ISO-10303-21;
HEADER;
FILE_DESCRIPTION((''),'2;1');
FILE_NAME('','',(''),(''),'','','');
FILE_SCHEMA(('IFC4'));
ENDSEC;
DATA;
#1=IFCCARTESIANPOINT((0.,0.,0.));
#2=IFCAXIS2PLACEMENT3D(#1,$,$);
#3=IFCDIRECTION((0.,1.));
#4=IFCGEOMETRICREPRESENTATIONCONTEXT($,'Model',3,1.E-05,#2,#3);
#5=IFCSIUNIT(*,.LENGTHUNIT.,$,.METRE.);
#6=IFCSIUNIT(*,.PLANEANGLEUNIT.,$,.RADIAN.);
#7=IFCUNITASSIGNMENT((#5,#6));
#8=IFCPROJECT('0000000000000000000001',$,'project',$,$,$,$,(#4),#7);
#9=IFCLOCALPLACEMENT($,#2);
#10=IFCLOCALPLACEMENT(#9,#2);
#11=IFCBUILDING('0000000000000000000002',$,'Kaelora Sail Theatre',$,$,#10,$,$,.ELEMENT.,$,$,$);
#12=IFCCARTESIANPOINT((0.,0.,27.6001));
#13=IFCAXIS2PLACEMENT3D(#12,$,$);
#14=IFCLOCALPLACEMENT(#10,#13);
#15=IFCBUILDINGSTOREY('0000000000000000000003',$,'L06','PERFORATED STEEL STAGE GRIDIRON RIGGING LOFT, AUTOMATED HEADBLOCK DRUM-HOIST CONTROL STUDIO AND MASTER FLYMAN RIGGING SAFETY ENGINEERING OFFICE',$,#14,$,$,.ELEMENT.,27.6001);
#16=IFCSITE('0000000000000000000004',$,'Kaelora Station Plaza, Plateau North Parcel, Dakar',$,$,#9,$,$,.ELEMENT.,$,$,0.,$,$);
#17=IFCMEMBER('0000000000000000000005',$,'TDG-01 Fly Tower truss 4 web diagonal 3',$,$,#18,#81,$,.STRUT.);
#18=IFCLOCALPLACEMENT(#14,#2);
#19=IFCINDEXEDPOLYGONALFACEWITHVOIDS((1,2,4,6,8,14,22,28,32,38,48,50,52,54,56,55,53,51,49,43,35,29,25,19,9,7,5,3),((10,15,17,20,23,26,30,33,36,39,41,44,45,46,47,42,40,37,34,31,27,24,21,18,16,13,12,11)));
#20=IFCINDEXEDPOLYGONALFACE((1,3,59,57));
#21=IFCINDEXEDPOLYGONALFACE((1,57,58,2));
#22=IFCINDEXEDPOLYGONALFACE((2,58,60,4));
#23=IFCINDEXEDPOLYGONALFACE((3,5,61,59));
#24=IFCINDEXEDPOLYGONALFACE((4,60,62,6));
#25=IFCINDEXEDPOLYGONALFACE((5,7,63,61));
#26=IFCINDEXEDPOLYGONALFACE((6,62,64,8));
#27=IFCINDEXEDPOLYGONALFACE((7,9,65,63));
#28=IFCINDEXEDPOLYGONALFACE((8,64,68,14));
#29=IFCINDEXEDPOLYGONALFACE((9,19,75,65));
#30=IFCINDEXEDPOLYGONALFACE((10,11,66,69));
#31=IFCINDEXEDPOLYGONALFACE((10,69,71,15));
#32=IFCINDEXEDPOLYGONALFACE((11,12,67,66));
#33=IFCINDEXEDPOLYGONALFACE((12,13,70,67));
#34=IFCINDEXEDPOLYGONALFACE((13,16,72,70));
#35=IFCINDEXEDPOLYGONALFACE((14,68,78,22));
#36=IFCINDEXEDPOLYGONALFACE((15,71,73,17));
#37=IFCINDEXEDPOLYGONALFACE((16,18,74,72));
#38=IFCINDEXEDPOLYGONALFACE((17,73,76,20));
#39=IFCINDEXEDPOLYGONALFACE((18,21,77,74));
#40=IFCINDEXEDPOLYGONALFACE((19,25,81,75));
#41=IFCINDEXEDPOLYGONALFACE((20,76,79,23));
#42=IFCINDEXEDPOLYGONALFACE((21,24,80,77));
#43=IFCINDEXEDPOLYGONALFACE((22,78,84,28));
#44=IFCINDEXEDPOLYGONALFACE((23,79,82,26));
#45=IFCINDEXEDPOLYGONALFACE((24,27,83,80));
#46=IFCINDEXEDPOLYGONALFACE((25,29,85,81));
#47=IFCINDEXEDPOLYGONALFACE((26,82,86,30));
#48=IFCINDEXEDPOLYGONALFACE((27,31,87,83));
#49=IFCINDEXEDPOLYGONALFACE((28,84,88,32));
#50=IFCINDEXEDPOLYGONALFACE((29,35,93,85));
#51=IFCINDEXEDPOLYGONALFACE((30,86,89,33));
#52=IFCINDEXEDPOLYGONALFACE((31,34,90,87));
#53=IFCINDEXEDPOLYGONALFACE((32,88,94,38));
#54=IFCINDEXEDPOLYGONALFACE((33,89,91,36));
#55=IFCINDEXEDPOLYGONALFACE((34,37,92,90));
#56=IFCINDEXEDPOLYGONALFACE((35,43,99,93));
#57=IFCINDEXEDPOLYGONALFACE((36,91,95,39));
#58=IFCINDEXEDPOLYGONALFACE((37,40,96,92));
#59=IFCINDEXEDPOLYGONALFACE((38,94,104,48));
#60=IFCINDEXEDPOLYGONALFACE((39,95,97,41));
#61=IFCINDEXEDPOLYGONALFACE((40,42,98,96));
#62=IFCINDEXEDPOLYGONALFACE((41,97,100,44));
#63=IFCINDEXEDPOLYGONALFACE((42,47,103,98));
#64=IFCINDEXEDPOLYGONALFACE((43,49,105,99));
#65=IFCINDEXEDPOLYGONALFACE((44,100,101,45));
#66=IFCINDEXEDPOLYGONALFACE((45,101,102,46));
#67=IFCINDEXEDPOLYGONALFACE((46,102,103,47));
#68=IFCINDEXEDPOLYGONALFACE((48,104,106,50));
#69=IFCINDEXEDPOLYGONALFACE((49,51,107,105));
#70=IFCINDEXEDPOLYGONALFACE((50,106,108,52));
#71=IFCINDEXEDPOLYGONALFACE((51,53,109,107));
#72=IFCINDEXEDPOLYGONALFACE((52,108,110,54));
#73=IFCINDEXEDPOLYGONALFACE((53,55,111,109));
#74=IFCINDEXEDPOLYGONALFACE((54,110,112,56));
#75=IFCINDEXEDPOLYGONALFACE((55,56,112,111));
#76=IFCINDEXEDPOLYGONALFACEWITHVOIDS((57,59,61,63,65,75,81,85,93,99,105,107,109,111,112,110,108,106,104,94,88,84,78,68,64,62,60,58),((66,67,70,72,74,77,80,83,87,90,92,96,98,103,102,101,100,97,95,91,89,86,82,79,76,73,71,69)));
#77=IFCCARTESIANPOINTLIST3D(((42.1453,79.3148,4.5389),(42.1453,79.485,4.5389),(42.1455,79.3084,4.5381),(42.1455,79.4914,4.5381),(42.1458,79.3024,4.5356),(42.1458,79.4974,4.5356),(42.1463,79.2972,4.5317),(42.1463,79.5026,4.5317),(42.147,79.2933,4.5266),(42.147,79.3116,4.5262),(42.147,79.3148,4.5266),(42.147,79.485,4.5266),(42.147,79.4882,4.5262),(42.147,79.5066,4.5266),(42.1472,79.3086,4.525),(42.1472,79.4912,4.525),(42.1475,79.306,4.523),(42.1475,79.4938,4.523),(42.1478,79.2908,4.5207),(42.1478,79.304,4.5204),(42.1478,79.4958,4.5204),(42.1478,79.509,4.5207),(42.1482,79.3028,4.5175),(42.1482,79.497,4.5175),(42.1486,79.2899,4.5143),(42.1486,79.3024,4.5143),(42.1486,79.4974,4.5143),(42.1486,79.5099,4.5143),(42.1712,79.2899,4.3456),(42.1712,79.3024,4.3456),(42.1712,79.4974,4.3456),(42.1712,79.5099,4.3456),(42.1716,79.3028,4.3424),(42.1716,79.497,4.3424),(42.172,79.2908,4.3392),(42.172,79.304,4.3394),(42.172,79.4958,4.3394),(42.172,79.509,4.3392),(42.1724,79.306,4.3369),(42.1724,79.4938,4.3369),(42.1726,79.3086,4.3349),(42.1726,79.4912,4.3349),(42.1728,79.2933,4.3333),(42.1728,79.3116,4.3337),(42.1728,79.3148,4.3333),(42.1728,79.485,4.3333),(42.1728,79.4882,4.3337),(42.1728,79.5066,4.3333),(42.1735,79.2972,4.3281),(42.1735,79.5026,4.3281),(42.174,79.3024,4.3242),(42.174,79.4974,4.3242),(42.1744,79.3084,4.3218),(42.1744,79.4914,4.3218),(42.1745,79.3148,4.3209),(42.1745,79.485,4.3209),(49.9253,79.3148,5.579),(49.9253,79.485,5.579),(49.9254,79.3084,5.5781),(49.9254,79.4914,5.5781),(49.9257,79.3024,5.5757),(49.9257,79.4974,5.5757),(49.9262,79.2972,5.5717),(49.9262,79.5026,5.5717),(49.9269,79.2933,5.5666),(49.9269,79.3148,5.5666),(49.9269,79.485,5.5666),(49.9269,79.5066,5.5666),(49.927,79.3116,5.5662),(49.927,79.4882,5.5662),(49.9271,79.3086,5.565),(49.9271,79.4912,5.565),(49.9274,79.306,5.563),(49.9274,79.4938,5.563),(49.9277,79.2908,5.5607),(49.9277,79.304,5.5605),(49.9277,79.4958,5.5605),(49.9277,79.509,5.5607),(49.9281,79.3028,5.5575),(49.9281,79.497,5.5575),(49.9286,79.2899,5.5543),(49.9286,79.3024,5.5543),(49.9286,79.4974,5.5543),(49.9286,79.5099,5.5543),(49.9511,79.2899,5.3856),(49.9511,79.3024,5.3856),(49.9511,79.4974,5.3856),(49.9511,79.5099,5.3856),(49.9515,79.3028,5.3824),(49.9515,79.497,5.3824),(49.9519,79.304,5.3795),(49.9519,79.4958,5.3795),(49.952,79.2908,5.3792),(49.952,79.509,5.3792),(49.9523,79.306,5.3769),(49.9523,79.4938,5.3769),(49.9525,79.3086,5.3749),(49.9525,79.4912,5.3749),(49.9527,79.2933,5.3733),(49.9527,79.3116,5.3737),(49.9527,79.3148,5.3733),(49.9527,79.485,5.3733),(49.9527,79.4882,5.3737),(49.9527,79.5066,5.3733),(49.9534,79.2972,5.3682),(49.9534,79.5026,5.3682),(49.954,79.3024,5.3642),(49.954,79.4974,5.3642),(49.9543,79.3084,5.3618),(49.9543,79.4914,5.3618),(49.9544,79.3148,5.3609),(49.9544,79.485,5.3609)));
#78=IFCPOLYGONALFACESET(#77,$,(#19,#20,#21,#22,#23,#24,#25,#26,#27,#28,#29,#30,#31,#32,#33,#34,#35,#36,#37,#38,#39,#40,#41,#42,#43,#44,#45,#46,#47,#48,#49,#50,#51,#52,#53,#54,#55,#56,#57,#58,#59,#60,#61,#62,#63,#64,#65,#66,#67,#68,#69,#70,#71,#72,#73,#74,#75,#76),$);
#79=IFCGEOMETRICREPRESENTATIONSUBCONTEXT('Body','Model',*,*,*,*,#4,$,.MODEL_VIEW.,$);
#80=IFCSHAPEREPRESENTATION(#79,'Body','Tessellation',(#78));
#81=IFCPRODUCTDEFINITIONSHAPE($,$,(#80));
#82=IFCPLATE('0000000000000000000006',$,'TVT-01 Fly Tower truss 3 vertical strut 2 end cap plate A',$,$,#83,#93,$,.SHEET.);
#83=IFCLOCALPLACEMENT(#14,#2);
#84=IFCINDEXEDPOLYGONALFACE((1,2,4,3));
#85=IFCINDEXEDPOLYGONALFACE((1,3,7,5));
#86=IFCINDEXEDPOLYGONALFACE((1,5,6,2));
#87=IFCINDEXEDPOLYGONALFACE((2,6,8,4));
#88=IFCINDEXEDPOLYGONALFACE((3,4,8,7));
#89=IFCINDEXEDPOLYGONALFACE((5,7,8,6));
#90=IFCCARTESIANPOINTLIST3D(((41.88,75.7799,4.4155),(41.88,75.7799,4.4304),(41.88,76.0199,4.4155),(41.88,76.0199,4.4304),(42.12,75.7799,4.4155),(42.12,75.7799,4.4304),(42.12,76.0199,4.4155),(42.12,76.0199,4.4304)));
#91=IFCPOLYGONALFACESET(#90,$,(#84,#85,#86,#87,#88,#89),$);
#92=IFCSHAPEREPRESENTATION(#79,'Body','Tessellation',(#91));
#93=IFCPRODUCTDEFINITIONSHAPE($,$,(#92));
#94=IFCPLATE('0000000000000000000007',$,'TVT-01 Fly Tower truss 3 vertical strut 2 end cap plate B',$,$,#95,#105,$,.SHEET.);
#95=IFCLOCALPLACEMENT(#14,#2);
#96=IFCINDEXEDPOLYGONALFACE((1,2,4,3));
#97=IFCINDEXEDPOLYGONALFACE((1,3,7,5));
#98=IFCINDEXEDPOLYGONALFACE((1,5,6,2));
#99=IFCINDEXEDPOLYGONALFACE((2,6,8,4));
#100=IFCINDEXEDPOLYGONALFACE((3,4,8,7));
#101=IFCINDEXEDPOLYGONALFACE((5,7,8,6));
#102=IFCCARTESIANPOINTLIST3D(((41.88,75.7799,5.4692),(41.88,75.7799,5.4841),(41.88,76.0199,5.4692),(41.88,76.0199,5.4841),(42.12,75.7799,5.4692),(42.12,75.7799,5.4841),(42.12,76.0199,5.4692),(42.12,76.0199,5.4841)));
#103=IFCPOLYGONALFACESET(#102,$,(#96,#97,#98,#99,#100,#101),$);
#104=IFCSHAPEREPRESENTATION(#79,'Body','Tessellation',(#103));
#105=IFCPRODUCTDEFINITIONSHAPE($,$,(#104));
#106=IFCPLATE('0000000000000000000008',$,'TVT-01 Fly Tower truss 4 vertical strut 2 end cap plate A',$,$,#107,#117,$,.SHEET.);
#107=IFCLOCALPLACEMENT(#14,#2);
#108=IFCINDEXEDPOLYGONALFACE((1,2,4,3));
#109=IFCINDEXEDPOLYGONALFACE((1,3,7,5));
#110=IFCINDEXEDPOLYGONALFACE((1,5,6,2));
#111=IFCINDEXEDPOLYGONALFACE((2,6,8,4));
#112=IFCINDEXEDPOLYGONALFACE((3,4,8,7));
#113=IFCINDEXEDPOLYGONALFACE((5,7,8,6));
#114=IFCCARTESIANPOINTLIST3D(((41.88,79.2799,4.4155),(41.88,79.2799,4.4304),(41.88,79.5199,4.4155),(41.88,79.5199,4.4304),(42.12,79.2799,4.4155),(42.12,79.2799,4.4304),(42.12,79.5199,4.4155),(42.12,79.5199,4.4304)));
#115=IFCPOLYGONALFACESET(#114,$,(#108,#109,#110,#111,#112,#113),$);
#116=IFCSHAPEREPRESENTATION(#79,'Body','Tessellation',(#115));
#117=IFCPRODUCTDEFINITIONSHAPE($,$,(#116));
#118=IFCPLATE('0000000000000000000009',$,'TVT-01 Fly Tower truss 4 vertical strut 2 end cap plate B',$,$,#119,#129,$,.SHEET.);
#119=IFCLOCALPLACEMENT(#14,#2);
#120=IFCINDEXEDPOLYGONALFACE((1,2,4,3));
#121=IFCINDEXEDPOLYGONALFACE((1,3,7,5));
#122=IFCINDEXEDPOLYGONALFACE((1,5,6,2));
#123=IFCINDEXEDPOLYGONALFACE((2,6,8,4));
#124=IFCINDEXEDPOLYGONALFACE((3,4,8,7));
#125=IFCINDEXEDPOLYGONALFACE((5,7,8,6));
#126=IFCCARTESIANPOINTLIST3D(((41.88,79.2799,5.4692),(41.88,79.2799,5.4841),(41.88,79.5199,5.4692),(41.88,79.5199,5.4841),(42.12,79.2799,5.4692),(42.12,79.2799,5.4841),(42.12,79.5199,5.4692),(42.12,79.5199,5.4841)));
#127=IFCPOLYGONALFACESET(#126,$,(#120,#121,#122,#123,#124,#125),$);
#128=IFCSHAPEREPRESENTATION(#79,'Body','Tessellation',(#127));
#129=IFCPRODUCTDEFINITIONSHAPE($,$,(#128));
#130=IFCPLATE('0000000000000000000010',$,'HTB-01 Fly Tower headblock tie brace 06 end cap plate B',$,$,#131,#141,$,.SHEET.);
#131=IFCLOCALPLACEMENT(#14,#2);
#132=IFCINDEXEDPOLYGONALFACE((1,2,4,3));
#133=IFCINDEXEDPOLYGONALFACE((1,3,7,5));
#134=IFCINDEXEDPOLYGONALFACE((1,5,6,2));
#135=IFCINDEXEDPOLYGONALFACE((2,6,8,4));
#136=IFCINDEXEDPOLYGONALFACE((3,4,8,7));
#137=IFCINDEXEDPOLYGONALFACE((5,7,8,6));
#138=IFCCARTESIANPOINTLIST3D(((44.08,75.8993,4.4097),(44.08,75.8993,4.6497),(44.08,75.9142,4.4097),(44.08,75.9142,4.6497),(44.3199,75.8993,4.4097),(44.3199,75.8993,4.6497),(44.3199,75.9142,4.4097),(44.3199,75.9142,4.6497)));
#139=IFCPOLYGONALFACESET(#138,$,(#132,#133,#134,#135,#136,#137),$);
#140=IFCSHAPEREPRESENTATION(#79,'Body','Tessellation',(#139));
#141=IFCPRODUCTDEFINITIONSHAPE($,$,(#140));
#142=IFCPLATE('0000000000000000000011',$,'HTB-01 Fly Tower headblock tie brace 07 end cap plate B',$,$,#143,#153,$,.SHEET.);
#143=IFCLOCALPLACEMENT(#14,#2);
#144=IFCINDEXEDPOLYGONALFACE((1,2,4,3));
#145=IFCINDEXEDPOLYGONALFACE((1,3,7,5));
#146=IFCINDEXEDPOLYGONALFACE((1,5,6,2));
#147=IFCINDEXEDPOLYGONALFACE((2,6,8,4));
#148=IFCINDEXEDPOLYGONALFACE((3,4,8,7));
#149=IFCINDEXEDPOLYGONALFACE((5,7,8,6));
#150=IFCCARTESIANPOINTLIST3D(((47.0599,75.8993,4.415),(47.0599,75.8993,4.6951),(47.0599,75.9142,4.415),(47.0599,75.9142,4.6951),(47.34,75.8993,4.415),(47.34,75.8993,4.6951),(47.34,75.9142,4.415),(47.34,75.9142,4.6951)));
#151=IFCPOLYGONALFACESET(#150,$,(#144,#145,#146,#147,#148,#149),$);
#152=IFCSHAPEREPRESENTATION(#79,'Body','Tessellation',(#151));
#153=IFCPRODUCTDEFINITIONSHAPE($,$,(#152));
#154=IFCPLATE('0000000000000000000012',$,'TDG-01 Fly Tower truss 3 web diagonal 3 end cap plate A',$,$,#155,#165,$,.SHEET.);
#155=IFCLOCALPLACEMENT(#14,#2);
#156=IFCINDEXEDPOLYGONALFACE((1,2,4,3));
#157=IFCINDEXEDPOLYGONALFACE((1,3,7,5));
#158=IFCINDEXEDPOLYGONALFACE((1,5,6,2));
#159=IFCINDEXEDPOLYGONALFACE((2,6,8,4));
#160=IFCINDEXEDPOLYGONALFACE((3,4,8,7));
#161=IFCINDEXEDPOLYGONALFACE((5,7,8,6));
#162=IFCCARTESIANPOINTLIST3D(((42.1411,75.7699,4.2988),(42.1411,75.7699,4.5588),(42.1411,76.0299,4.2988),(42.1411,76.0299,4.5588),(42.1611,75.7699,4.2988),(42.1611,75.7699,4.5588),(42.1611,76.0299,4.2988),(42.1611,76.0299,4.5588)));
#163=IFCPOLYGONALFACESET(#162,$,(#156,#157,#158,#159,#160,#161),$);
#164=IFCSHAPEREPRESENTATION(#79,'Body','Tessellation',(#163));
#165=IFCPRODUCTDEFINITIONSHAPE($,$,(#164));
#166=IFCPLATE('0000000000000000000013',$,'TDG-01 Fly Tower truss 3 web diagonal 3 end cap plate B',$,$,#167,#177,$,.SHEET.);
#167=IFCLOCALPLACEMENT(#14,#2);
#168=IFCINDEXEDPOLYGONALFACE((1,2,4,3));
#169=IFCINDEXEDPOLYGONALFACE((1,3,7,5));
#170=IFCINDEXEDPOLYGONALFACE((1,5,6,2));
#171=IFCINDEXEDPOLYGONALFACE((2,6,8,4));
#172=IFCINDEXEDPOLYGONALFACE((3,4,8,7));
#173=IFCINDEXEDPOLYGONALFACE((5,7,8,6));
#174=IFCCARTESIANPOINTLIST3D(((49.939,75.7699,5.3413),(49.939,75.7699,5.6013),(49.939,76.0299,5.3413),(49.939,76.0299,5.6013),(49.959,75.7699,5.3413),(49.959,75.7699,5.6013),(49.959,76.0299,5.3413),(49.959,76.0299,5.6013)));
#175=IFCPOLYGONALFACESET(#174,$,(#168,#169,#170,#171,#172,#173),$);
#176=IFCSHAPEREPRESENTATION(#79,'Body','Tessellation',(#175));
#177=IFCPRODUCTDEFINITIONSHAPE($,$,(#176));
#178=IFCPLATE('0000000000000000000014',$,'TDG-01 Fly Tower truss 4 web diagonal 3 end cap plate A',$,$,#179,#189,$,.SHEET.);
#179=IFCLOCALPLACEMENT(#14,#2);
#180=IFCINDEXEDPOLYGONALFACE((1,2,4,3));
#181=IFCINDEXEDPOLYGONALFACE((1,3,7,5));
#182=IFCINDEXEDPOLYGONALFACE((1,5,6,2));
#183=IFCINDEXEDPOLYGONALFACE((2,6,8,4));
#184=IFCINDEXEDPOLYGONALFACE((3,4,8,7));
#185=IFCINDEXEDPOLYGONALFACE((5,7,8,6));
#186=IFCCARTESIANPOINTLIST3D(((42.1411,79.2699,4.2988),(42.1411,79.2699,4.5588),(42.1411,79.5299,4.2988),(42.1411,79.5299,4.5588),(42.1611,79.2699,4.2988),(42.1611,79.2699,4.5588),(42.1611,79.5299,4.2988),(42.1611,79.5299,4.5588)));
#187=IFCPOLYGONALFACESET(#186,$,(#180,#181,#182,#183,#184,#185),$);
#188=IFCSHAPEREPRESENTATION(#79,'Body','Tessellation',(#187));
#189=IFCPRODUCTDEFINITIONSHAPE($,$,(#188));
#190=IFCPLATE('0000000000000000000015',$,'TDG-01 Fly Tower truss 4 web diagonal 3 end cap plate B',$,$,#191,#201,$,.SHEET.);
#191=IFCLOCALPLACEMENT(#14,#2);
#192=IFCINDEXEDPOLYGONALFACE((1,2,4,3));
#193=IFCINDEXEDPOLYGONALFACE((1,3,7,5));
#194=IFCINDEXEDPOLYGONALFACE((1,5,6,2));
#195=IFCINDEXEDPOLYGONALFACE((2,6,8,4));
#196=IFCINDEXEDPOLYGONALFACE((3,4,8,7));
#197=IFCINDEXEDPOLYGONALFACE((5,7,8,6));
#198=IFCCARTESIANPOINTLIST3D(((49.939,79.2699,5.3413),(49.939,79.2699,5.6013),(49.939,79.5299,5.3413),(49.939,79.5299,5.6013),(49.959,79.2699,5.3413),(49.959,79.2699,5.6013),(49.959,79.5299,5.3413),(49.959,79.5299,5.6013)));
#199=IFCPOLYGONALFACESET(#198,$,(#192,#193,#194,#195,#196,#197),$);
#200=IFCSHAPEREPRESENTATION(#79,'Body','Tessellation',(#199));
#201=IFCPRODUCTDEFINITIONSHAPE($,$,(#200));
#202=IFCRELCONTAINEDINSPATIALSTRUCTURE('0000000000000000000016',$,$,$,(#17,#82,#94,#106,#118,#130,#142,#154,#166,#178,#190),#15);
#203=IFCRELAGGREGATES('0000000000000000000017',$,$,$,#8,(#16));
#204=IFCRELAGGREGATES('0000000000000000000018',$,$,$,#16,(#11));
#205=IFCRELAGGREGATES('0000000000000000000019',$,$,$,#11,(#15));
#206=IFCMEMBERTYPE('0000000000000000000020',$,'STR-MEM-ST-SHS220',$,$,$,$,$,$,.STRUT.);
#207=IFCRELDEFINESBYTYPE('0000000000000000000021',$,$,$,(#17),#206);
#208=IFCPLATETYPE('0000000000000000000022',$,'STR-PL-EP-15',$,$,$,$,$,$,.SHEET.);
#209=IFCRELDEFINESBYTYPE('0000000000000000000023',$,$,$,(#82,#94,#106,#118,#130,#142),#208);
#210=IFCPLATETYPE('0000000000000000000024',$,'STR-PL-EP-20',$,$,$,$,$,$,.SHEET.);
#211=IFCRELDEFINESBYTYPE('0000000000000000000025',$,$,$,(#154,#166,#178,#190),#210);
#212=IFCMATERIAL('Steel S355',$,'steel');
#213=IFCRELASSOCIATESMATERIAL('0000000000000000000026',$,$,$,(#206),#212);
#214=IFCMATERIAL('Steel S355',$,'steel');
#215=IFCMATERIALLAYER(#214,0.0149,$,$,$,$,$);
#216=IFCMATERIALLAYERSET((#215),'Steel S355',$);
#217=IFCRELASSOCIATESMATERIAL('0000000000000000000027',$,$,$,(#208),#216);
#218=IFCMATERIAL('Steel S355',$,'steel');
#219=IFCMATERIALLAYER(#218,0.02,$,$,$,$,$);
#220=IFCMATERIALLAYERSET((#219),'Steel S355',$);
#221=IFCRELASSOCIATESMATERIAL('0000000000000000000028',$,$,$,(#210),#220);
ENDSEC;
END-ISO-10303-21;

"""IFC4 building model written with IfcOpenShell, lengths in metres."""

from ifc_helpers import new_model, si_unit, direction, frame, origin, origin_2d, place, context, subcontext, project, spatial, rectangle, hollow_rectangle, extrude, material, layer, layer_set, material_profile, profile_set, type_object, element, save


model = new_model("IFC4")

# Units and contexts
model_context = context("Model", 3, precision=1e-05, world=origin(), true_north=direction((0.0, 1.0)))
body_context = subcontext(model_context, "Body", "Model", "MODEL_VIEW")
ifc_project = project(units=[si_unit("LENGTHUNIT", "METRE"), si_unit("PLANEANGLEUNIT", "RADIAN")], contexts=[model_context])

# Site, building, storey
site_placement = place(None, origin())
site = spatial("IfcSite", under=ifc_project, at=site_placement, Name="Kaelora Station Plaza, Plateau North Parcel, Dakar", CompositionType="ELEMENT", RefElevation=0.0)
building_placement = place(site_placement, origin())
building = spatial("IfcBuilding", under=site, at=building_placement, Name="Kaelora Sail Theatre", CompositionType="ELEMENT")
storey_placement = place(building_placement, frame((0.0, 0.0, 27.6001)))
storey = spatial("IfcBuildingStorey", under=building, at=storey_placement, Name="L06", Description="PERFORATED STEEL STAGE GRIDIRON RIGGING LOFT, AUTOMATED HEADBLOCK DRUM-HOIST CONTROL STUDIO AND MASTER FLYMAN RIGGING SAFETY ENGINEERING OFFICE", CompositionType="ELEMENT", Elevation=27.6001)

# Member
ifc_material_1 = material(Name="Steel S355", Category="steel")
ifc_material_profile_1 = material_profile(ifc_material_1, hollow_rectangle(XDim=0.22, YDim=0.22, WallThickness=0.0125, InnerFilletRadius=0.0125, OuterFilletRadius=0.0249, at=origin_2d()), Name="SHS 220x220x12.5")
ifc_profile_set_1 = profile_set([ifc_material_profile_1], Name="Steel S355")
member_type_1 = type_object("IfcMemberType", Name="STR-MEM-ST-SHS220", PredefinedType="STRUT", material=ifc_profile_set_1)
for number, where, z_axis, x_axis, name in (
    (1, (42.1599, 79.3999, 4.4299), (0.991183, 0.0, 0.132502), (0.0, 1.0, 0.0), "TDG-01 Fly Tower truss 4 web diagonal 3"),
):
    element("IfcMember", number, at=place(storey_placement, frame(where, z_axis=z_axis, x_axis=x_axis)), inside=storey, type_object=member_type_1, Name=name, PredefinedType="STRUT", context=body_context, shape_type="SweptSolid", body=[
        extrude(hollow_rectangle(XDim=0.22, YDim=0.22, WallThickness=0.0125, InnerFilletRadius=0.0125, OuterFilletRadius=0.0249, at=origin_2d()), origin(), (0.0, 0.0, 1.0), 7.8491),
    ])

# Plates
ifc_material_2 = material(Name="Steel S355", Category="steel")
ifc_layer_1 = layer(ifc_material_2, 0.0149)
ifc_layer_set_1 = layer_set([ifc_layer_1], Name="Steel S355")
plate_type_1 = type_object("IfcPlateType", Name="STR-PL-EP-15", PredefinedType="SHEET", material=ifc_layer_set_1)
for number, where, z_axis, x_axis, name in (
    (2, (42.0, 75.8999, 4.4155), (0.0, 0.0, 1.0), (1.0, 0.0, 0.0), "TVT-01 Fly Tower truss 3 vertical strut 2 end cap plate A"),
    (3, (42.0, 75.8999, 5.4692), (0.0, 0.0, 1.0), (1.0, 0.0, 0.0), "TVT-01 Fly Tower truss 3 vertical strut 2 end cap plate B"),
    (4, (42.0, 79.3999, 4.4155), (0.0, 0.0, 1.0), (1.0, 0.0, 0.0), "TVT-01 Fly Tower truss 4 vertical strut 2 end cap plate A"),
    (5, (42.0, 79.3999, 5.4692), (0.0, 0.0, 1.0), (1.0, 0.0, 0.0), "TVT-01 Fly Tower truss 4 vertical strut 2 end cap plate B"),
):
    element("IfcPlate", number, at=place(storey_placement, frame(where, z_axis=z_axis, x_axis=x_axis)), inside=storey, type_object=plate_type_1, Name=name, PredefinedType="SHEET", context=body_context, shape_type="SweptSolid", body=[
        extrude(rectangle(XDim=0.24, YDim=0.24, at=origin_2d()), origin(), (0.0, 0.0, 1.0), 0.0149),
    ])
plate_1_placement = place(storey_placement, frame((44.2, 75.9067, 4.4097), z_axis=(0.0, 0.0, 1.0), x_axis=(0.0, 1.0, 0.0)))
element("IfcPlate", 6, at=plate_1_placement, inside=storey, type_object=plate_type_1, Name="HTB-01 Fly Tower headblock tie brace 06 end cap plate B", PredefinedType="SHEET", context=body_context, shape_type="SweptSolid", body=[
    extrude(rectangle(XDim=0.0149, YDim=0.24, at=origin_2d()), origin(), (0.0, 0.0, 1.0), 0.24),
])
plate_2_placement = place(storey_placement, frame((47.2, 75.9067, 4.415), z_axis=(0.0, 0.0, 1.0), x_axis=(0.0, 1.0, 0.0)))
element("IfcPlate", 7, at=plate_2_placement, inside=storey, type_object=plate_type_1, Name="HTB-01 Fly Tower headblock tie brace 07 end cap plate B", PredefinedType="SHEET", context=body_context, shape_type="SweptSolid", body=[
    extrude(rectangle(XDim=0.0149, YDim=0.28, at=origin_2d()), origin(), (0.0, 0.0, 1.0), 0.28),
])
ifc_material_3 = material(Name="Steel S355", Category="steel")
ifc_layer_2 = layer(ifc_material_3, 0.02)
ifc_layer_set_2 = layer_set([ifc_layer_2], Name="Steel S355")
plate_type_2 = type_object("IfcPlateType", Name="STR-PL-EP-20", PredefinedType="SHEET", material=ifc_layer_set_2)
for number, where, z_axis, x_axis, name in (
    (8, (42.1511, 75.8999, 4.2988), (0.0, 0.0, 1.0), (1.0, 0.0, 0.0), "TDG-01 Fly Tower truss 3 web diagonal 3 end cap plate A"),
    (9, (49.949, 75.8999, 5.3413), (0.0, 0.0, 1.0), (1.0, 0.0, 0.0), "TDG-01 Fly Tower truss 3 web diagonal 3 end cap plate B"),
    (10, (42.1511, 79.3999, 4.2988), (0.0, 0.0, 1.0), (1.0, 0.0, 0.0), "TDG-01 Fly Tower truss 4 web diagonal 3 end cap plate A"),
    (11, (49.949, 79.3999, 5.3413), (0.0, 0.0, 1.0), (1.0, 0.0, 0.0), "TDG-01 Fly Tower truss 4 web diagonal 3 end cap plate B"),
):
    element("IfcPlate", number, at=place(storey_placement, frame(where, z_axis=z_axis, x_axis=x_axis)), inside=storey, type_object=plate_type_2, Name=name, PredefinedType="SHEET", context=body_context, shape_type="SweptSolid", body=[
        extrude(rectangle(XDim=0.02, YDim=0.26, at=origin_2d()), origin(), (0.0, 0.0, 1.0), 0.26),
    ])

save(model, "model.ifc")
